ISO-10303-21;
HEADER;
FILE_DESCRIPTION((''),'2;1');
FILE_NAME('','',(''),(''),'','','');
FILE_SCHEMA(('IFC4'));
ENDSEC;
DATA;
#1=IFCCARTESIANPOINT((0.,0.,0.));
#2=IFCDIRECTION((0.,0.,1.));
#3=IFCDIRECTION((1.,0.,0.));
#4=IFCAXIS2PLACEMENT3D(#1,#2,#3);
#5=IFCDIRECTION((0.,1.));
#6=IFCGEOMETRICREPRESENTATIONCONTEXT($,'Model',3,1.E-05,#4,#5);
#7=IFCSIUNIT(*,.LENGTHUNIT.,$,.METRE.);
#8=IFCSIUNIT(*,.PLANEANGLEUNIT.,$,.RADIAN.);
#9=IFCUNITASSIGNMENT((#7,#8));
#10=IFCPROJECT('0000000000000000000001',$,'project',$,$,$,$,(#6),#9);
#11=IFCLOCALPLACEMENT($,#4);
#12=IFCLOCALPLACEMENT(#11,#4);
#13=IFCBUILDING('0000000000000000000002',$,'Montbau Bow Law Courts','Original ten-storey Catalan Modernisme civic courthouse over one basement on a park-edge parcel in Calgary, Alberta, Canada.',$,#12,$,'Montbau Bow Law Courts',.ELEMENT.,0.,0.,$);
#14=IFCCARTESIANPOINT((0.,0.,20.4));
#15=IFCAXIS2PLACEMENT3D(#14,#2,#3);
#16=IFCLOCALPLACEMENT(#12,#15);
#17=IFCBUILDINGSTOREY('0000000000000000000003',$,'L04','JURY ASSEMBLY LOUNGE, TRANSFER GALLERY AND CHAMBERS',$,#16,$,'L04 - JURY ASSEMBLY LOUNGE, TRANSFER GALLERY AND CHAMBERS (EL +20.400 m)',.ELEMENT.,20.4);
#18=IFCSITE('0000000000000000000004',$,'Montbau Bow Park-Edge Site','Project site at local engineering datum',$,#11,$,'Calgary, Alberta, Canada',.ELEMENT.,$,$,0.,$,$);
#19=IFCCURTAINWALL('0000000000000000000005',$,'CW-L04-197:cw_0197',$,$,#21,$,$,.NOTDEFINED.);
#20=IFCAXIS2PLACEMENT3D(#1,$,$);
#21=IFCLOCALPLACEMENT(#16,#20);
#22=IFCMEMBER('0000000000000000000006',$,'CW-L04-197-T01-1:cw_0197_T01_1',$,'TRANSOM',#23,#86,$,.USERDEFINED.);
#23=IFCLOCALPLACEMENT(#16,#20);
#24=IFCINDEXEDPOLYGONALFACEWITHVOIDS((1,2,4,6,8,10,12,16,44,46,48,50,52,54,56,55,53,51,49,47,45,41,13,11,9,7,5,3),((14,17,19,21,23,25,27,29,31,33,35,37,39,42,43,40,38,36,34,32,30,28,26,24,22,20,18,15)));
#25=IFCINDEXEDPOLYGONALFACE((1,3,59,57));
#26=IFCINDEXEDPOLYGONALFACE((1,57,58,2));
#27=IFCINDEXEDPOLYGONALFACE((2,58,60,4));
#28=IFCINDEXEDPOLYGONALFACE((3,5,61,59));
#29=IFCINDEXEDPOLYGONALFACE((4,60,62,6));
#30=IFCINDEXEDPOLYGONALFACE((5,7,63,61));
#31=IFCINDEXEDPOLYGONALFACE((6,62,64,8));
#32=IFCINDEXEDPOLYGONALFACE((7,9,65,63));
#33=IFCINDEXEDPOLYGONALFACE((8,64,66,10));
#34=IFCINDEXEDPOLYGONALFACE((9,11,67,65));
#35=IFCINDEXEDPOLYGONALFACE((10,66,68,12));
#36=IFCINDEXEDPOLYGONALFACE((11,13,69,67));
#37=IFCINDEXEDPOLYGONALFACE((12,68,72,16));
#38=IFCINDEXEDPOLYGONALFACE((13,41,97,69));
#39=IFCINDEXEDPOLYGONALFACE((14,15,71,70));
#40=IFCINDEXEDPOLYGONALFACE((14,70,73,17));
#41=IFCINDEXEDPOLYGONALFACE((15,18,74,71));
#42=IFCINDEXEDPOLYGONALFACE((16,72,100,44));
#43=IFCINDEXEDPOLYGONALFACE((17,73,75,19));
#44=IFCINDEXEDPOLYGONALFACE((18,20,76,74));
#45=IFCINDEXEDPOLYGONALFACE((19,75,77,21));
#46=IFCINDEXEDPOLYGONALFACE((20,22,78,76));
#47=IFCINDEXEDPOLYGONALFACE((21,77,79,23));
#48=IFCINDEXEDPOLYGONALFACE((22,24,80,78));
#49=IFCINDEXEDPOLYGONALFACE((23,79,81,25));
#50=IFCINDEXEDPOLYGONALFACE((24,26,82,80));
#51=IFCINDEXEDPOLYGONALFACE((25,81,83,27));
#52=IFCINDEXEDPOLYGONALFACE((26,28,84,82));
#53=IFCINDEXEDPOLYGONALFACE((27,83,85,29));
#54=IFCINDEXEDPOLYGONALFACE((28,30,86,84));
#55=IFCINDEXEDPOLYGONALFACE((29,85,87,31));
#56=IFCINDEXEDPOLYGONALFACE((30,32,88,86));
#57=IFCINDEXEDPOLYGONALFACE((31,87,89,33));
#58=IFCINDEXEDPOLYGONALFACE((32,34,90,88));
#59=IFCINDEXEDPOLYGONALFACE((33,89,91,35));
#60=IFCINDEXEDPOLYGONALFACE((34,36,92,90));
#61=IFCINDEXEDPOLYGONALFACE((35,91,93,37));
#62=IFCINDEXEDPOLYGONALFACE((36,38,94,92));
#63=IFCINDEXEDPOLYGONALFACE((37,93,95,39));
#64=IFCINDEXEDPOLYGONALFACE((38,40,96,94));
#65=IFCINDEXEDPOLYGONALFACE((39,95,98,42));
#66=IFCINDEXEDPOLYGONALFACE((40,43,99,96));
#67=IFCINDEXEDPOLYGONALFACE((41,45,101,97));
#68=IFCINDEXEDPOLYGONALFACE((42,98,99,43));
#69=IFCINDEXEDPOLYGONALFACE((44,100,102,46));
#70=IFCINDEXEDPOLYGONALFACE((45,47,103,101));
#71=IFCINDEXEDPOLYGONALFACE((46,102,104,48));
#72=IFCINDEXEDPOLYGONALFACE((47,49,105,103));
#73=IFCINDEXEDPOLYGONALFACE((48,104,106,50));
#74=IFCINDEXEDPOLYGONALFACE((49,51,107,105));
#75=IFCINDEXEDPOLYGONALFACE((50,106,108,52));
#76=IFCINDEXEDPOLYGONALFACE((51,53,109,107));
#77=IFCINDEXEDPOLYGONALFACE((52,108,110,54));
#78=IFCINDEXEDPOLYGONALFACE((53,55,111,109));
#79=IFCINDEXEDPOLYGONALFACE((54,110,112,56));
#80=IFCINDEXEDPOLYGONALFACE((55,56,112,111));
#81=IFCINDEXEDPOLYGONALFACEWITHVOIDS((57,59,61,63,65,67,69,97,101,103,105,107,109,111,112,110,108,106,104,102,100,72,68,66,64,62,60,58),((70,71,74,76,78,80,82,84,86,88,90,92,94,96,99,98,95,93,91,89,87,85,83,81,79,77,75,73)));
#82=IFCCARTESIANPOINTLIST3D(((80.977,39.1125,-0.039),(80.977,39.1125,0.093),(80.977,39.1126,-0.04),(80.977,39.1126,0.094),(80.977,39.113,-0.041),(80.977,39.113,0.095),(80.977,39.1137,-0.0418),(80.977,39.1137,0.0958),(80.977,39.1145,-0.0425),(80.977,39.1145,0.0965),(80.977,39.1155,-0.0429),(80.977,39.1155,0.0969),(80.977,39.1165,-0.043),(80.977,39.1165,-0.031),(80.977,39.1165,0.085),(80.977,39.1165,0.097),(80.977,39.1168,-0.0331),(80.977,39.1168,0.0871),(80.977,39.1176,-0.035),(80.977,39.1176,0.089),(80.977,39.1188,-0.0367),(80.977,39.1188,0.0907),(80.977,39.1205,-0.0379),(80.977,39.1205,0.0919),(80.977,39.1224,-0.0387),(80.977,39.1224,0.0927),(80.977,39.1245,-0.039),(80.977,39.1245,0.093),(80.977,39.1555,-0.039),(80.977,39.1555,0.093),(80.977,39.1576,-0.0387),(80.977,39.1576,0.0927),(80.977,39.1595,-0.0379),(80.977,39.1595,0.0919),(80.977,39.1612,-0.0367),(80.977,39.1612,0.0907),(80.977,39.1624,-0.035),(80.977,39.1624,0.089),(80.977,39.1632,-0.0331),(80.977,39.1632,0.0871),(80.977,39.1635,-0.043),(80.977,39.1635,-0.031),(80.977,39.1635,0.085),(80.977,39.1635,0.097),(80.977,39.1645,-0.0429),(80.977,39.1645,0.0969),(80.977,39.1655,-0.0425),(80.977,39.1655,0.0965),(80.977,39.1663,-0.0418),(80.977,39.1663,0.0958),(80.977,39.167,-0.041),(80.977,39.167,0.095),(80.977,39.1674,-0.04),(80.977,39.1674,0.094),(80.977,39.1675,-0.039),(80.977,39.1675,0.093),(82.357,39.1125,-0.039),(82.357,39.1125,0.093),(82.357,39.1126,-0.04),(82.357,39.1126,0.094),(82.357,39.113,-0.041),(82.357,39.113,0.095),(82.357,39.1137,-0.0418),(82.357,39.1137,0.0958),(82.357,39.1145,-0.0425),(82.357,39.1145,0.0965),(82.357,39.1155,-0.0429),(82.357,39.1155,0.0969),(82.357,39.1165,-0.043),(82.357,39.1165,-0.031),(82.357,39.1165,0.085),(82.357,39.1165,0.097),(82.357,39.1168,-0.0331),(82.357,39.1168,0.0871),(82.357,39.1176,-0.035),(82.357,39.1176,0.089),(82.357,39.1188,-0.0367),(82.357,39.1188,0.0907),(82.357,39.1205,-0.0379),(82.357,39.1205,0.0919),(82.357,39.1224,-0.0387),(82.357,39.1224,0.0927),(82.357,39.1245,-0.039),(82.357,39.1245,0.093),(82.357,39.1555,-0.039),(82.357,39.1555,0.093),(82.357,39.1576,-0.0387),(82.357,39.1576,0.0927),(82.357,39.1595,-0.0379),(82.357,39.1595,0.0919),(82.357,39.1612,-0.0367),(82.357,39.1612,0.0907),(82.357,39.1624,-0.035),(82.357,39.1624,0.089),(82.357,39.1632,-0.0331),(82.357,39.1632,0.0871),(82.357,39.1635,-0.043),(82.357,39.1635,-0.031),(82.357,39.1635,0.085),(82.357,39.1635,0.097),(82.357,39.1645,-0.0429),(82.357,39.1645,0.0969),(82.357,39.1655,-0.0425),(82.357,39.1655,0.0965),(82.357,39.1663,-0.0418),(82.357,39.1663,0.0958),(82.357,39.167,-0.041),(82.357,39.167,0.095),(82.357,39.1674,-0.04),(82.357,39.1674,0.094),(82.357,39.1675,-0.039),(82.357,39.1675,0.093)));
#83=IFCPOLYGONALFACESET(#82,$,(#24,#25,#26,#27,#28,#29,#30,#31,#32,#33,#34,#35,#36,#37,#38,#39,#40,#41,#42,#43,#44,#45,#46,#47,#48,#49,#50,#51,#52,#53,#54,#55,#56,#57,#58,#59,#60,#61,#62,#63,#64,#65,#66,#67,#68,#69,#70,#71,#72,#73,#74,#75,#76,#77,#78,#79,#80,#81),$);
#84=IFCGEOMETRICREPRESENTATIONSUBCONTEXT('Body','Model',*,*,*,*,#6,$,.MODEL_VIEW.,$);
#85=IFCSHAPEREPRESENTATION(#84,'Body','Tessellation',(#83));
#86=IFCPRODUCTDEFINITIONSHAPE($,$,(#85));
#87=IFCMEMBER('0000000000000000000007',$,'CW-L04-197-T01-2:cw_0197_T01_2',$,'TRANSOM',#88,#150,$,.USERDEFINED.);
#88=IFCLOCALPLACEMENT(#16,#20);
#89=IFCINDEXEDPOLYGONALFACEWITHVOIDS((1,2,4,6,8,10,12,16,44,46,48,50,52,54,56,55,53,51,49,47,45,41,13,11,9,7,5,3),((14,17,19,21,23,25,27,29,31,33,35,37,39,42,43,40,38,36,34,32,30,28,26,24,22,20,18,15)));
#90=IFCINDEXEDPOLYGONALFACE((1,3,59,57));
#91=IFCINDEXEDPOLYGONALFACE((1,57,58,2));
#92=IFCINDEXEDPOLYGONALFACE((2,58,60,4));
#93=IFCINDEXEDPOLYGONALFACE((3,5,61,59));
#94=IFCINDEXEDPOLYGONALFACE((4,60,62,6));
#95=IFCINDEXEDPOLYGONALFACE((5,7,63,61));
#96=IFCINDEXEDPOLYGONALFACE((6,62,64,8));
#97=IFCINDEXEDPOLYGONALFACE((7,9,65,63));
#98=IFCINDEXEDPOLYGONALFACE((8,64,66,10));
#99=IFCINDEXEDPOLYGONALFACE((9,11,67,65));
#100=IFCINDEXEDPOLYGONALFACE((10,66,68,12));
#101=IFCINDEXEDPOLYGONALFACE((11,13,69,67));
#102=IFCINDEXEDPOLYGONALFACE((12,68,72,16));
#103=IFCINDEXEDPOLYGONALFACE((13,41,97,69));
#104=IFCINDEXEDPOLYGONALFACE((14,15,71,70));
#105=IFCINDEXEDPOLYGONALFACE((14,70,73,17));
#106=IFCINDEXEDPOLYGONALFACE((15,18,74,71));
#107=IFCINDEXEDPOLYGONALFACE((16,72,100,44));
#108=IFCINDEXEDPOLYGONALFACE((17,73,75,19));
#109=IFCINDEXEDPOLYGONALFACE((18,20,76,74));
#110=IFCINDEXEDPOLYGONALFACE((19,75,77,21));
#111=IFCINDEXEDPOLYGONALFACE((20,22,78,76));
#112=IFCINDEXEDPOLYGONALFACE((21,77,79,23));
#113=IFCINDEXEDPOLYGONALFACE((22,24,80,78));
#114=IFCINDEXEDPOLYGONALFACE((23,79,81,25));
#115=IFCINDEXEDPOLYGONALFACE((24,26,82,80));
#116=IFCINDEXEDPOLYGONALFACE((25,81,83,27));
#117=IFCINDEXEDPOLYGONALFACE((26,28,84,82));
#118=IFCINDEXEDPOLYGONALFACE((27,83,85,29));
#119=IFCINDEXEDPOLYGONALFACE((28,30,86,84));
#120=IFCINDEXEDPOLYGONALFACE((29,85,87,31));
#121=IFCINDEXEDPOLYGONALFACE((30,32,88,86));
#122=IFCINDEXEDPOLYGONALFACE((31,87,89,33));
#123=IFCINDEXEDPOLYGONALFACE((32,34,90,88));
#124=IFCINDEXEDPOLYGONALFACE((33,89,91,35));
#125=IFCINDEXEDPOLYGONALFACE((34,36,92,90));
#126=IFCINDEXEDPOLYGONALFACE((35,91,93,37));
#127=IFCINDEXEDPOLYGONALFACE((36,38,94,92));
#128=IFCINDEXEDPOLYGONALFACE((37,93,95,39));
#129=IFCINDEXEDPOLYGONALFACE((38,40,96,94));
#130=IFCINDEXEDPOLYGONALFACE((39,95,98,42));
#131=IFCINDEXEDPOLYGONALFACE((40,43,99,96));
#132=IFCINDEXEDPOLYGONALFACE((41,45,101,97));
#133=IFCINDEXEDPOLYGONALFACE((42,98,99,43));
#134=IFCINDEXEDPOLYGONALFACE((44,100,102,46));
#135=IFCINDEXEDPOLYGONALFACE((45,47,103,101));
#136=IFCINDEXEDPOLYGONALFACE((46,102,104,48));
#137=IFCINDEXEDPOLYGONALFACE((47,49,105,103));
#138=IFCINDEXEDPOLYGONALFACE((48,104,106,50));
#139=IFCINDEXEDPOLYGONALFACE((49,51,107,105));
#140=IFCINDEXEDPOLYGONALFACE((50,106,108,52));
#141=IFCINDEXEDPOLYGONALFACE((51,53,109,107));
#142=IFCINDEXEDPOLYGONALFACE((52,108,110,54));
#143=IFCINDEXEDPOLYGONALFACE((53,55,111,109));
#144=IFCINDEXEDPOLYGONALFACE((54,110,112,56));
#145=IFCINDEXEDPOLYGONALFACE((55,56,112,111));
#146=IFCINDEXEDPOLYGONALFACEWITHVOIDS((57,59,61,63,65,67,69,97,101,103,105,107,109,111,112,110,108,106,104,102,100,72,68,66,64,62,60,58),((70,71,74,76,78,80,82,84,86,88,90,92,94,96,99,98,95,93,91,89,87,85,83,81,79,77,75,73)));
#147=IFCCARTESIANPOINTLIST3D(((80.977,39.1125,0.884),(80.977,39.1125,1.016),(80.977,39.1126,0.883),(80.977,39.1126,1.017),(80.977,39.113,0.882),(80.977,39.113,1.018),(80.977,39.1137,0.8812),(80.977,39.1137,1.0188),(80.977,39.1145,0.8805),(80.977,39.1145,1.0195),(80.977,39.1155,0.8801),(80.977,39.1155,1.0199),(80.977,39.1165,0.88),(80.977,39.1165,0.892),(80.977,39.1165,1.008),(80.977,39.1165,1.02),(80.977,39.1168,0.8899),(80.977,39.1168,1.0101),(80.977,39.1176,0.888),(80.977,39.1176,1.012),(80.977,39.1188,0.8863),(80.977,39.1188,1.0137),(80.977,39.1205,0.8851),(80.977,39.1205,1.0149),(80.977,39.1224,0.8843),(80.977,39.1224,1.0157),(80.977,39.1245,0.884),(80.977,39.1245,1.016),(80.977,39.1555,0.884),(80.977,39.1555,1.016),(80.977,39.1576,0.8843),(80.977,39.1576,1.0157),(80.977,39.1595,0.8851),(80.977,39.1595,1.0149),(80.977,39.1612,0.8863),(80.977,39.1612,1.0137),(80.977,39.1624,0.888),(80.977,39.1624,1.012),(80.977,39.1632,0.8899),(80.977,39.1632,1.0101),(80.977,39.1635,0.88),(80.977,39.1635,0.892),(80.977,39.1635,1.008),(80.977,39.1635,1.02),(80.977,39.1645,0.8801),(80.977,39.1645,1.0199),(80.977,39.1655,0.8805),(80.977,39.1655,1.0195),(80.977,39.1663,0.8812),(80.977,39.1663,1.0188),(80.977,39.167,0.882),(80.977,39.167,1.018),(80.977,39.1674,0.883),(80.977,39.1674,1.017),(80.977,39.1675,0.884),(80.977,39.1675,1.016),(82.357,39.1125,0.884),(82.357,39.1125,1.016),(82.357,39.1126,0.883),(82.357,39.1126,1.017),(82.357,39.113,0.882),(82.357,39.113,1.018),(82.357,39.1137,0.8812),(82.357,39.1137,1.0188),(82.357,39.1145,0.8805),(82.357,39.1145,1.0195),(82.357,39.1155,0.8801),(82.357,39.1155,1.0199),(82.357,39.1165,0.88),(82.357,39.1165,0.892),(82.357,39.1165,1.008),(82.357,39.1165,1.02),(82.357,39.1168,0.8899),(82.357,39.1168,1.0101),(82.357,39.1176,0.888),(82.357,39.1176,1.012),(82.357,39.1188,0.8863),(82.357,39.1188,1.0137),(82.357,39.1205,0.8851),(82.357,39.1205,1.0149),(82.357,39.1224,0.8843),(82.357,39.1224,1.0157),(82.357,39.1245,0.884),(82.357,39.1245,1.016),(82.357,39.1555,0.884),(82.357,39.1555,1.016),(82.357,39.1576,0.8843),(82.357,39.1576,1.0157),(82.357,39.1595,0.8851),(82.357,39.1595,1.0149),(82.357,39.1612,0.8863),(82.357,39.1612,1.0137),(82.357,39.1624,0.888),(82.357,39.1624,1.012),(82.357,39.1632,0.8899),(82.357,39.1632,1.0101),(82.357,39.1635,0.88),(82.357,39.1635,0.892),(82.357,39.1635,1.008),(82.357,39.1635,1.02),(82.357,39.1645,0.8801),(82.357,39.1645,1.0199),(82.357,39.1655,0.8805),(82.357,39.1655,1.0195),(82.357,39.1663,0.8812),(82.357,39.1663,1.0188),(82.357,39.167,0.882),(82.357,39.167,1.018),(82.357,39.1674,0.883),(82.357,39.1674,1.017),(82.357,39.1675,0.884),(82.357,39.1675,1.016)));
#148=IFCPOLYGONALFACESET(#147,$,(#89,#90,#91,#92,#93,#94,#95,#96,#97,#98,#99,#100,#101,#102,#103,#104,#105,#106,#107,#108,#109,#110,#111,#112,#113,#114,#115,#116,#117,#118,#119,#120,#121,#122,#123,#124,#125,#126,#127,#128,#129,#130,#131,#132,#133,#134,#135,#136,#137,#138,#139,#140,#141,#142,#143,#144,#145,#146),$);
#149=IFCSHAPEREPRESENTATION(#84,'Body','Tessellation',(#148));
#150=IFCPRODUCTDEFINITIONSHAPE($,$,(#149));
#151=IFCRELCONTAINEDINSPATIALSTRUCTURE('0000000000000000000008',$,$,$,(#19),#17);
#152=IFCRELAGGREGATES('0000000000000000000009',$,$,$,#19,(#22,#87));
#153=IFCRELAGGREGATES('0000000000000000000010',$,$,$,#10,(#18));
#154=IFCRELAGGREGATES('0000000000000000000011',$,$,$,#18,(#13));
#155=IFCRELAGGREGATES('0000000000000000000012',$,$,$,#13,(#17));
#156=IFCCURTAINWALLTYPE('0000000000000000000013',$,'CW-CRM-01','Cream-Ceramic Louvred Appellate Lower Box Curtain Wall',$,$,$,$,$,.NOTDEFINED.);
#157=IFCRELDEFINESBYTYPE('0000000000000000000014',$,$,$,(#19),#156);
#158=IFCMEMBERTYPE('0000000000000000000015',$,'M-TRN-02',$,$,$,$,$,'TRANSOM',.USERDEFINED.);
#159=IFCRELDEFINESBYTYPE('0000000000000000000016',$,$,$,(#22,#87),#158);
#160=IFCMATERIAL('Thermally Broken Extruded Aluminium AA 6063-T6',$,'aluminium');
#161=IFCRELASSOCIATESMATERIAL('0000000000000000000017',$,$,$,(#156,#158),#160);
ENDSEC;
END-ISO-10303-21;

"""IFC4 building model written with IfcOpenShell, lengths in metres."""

from ifc_helpers import new_model, si_unit, direction, frame, origin_with_axes, origin_2d_with_axis, place, context, subcontext, project, spatial, hollow_rectangle, extrude, material, material_profile, profile_set, type_object, element, aggregate, save


model = new_model("IFC4")

# Units and contexts
model_context = context("Model", 3, precision=1e-05, world=origin_with_axes(), true_north=direction((0.0, 1.0)))
body_context = subcontext(model_context, "Body", "Model", "MODEL_VIEW")
ifc_project = project(units=[si_unit("LENGTHUNIT", "METRE"), si_unit("PLANEANGLEUNIT", "RADIAN")], contexts=[model_context])

# Site, building, storey
site_placement = place(None, origin_with_axes())
site = spatial("IfcSite", under=ifc_project, at=site_placement, Name="Montbau Bow Park-Edge Site", Description="Project site at local engineering datum", LongName="Calgary, Alberta, Canada", CompositionType="ELEMENT", RefElevation=0.0)
building_placement = place(site_placement, origin_with_axes())
building = spatial("IfcBuilding", under=site, at=building_placement, Name="Montbau Bow Law Courts", Description="Original ten-storey Catalan Modernisme civic courthouse over one basement on a park-edge parcel in Calgary, Alberta, Canada.", LongName="Montbau Bow Law Courts", CompositionType="ELEMENT", ElevationOfRefHeight=0.0, ElevationOfTerrain=0.0)
storey_placement = place(building_placement, frame((0.0, 0.0, 20.4), z_axis=(0.0, 0.0, 1.0), x_axis=(1.0, 0.0, 0.0)))
storey = spatial("IfcBuildingStorey", under=building, at=storey_placement, Name="L04", Description="JURY ASSEMBLY LOUNGE, TRANSFER GALLERY AND CHAMBERS", LongName="L04 - JURY ASSEMBLY LOUNGE, TRANSFER GALLERY AND CHAMBERS (EL +20.400 m)", CompositionType="ELEMENT", Elevation=20.4)

# Shared definitions
ifc_material_1 = material(Name="Thermally Broken Extruded Aluminium AA 6063-T6", Category="aluminium")
curtain_wall_type = type_object("IfcCurtainWallType", Name="CW-CRM-01", Description="Cream-Ceramic Louvred Appellate Lower Box Curtain Wall", PredefinedType="NOTDEFINED", material=ifc_material_1)

# Curtain wall, members
curtain_wall_1_placement = place(None, frame((80.915, 39.14, 20.4), z_axis=(0.0, 0.0, 1.0), x_axis=(1.0, 0.0, 0.0)))
curtain_wall_1 = element("IfcCurtainWall", 1, at=curtain_wall_1_placement, inside=storey, type_object=curtain_wall_type, Name="CW-L04-197:cw_0197", PredefinedType="NOTDEFINED")
ifc_material_profile_1 = material_profile(ifc_material_1, hollow_rectangle(XDim=0.055, YDim=0.14, WallThickness=0.004, InnerFilletRadius=0.008, OuterFilletRadius=0.004, at=origin_2d_with_axis()), Name="CWT-140X55", Category="Main", Priority=0)
ifc_profile_set_1 = profile_set([ifc_material_profile_1], Name="Thermally Broken Extruded Aluminium AA 6063-T6")
member_type_1 = type_object("IfcMemberType", Name="M-TRN-02", ElementType="TRANSOM", PredefinedType="USERDEFINED", material=ifc_profile_set_1)
member_1_placement = place(None, frame((80.977, 39.14, 20.427), z_axis=(1.0, 0.0, 0.0), x_axis=(0.0, 1.0, 0.0)))
member_1 = element("IfcMember", 2, at=member_1_placement, type_object=member_type_1, Name="CW-L04-197-T01-1:cw_0197_T01_1", ObjectType="TRANSOM", PredefinedType="USERDEFINED", context=body_context, shape_type="SweptSolid", body=[
    extrude(hollow_rectangle(XDim=0.055, YDim=0.14, WallThickness=0.004, InnerFilletRadius=0.008, OuterFilletRadius=0.004, at=origin_2d_with_axis()), origin_with_axes(), (0.0, 0.0, 1.0), 1.38),
])
member_2_placement = place(None, frame((80.977, 39.14, 21.35), z_axis=(1.0, 0.0, 0.0), x_axis=(0.0, 1.0, 0.0)))
member_2 = element("IfcMember", 3, at=member_2_placement, type_object=member_type_1, Name="CW-L04-197-T01-2:cw_0197_T01_2", ObjectType="TRANSOM", PredefinedType="USERDEFINED", context=body_context, shape_type="SweptSolid", body=[
    extrude(hollow_rectangle(XDim=0.055, YDim=0.14, WallThickness=0.004, InnerFilletRadius=0.008, OuterFilletRadius=0.004, at=origin_2d_with_axis()), origin_with_axes(), (0.0, 0.0, 1.0), 1.38),
])
aggregate(curtain_wall_1, [member_1, member_2])

save(model, "model.ifc")
